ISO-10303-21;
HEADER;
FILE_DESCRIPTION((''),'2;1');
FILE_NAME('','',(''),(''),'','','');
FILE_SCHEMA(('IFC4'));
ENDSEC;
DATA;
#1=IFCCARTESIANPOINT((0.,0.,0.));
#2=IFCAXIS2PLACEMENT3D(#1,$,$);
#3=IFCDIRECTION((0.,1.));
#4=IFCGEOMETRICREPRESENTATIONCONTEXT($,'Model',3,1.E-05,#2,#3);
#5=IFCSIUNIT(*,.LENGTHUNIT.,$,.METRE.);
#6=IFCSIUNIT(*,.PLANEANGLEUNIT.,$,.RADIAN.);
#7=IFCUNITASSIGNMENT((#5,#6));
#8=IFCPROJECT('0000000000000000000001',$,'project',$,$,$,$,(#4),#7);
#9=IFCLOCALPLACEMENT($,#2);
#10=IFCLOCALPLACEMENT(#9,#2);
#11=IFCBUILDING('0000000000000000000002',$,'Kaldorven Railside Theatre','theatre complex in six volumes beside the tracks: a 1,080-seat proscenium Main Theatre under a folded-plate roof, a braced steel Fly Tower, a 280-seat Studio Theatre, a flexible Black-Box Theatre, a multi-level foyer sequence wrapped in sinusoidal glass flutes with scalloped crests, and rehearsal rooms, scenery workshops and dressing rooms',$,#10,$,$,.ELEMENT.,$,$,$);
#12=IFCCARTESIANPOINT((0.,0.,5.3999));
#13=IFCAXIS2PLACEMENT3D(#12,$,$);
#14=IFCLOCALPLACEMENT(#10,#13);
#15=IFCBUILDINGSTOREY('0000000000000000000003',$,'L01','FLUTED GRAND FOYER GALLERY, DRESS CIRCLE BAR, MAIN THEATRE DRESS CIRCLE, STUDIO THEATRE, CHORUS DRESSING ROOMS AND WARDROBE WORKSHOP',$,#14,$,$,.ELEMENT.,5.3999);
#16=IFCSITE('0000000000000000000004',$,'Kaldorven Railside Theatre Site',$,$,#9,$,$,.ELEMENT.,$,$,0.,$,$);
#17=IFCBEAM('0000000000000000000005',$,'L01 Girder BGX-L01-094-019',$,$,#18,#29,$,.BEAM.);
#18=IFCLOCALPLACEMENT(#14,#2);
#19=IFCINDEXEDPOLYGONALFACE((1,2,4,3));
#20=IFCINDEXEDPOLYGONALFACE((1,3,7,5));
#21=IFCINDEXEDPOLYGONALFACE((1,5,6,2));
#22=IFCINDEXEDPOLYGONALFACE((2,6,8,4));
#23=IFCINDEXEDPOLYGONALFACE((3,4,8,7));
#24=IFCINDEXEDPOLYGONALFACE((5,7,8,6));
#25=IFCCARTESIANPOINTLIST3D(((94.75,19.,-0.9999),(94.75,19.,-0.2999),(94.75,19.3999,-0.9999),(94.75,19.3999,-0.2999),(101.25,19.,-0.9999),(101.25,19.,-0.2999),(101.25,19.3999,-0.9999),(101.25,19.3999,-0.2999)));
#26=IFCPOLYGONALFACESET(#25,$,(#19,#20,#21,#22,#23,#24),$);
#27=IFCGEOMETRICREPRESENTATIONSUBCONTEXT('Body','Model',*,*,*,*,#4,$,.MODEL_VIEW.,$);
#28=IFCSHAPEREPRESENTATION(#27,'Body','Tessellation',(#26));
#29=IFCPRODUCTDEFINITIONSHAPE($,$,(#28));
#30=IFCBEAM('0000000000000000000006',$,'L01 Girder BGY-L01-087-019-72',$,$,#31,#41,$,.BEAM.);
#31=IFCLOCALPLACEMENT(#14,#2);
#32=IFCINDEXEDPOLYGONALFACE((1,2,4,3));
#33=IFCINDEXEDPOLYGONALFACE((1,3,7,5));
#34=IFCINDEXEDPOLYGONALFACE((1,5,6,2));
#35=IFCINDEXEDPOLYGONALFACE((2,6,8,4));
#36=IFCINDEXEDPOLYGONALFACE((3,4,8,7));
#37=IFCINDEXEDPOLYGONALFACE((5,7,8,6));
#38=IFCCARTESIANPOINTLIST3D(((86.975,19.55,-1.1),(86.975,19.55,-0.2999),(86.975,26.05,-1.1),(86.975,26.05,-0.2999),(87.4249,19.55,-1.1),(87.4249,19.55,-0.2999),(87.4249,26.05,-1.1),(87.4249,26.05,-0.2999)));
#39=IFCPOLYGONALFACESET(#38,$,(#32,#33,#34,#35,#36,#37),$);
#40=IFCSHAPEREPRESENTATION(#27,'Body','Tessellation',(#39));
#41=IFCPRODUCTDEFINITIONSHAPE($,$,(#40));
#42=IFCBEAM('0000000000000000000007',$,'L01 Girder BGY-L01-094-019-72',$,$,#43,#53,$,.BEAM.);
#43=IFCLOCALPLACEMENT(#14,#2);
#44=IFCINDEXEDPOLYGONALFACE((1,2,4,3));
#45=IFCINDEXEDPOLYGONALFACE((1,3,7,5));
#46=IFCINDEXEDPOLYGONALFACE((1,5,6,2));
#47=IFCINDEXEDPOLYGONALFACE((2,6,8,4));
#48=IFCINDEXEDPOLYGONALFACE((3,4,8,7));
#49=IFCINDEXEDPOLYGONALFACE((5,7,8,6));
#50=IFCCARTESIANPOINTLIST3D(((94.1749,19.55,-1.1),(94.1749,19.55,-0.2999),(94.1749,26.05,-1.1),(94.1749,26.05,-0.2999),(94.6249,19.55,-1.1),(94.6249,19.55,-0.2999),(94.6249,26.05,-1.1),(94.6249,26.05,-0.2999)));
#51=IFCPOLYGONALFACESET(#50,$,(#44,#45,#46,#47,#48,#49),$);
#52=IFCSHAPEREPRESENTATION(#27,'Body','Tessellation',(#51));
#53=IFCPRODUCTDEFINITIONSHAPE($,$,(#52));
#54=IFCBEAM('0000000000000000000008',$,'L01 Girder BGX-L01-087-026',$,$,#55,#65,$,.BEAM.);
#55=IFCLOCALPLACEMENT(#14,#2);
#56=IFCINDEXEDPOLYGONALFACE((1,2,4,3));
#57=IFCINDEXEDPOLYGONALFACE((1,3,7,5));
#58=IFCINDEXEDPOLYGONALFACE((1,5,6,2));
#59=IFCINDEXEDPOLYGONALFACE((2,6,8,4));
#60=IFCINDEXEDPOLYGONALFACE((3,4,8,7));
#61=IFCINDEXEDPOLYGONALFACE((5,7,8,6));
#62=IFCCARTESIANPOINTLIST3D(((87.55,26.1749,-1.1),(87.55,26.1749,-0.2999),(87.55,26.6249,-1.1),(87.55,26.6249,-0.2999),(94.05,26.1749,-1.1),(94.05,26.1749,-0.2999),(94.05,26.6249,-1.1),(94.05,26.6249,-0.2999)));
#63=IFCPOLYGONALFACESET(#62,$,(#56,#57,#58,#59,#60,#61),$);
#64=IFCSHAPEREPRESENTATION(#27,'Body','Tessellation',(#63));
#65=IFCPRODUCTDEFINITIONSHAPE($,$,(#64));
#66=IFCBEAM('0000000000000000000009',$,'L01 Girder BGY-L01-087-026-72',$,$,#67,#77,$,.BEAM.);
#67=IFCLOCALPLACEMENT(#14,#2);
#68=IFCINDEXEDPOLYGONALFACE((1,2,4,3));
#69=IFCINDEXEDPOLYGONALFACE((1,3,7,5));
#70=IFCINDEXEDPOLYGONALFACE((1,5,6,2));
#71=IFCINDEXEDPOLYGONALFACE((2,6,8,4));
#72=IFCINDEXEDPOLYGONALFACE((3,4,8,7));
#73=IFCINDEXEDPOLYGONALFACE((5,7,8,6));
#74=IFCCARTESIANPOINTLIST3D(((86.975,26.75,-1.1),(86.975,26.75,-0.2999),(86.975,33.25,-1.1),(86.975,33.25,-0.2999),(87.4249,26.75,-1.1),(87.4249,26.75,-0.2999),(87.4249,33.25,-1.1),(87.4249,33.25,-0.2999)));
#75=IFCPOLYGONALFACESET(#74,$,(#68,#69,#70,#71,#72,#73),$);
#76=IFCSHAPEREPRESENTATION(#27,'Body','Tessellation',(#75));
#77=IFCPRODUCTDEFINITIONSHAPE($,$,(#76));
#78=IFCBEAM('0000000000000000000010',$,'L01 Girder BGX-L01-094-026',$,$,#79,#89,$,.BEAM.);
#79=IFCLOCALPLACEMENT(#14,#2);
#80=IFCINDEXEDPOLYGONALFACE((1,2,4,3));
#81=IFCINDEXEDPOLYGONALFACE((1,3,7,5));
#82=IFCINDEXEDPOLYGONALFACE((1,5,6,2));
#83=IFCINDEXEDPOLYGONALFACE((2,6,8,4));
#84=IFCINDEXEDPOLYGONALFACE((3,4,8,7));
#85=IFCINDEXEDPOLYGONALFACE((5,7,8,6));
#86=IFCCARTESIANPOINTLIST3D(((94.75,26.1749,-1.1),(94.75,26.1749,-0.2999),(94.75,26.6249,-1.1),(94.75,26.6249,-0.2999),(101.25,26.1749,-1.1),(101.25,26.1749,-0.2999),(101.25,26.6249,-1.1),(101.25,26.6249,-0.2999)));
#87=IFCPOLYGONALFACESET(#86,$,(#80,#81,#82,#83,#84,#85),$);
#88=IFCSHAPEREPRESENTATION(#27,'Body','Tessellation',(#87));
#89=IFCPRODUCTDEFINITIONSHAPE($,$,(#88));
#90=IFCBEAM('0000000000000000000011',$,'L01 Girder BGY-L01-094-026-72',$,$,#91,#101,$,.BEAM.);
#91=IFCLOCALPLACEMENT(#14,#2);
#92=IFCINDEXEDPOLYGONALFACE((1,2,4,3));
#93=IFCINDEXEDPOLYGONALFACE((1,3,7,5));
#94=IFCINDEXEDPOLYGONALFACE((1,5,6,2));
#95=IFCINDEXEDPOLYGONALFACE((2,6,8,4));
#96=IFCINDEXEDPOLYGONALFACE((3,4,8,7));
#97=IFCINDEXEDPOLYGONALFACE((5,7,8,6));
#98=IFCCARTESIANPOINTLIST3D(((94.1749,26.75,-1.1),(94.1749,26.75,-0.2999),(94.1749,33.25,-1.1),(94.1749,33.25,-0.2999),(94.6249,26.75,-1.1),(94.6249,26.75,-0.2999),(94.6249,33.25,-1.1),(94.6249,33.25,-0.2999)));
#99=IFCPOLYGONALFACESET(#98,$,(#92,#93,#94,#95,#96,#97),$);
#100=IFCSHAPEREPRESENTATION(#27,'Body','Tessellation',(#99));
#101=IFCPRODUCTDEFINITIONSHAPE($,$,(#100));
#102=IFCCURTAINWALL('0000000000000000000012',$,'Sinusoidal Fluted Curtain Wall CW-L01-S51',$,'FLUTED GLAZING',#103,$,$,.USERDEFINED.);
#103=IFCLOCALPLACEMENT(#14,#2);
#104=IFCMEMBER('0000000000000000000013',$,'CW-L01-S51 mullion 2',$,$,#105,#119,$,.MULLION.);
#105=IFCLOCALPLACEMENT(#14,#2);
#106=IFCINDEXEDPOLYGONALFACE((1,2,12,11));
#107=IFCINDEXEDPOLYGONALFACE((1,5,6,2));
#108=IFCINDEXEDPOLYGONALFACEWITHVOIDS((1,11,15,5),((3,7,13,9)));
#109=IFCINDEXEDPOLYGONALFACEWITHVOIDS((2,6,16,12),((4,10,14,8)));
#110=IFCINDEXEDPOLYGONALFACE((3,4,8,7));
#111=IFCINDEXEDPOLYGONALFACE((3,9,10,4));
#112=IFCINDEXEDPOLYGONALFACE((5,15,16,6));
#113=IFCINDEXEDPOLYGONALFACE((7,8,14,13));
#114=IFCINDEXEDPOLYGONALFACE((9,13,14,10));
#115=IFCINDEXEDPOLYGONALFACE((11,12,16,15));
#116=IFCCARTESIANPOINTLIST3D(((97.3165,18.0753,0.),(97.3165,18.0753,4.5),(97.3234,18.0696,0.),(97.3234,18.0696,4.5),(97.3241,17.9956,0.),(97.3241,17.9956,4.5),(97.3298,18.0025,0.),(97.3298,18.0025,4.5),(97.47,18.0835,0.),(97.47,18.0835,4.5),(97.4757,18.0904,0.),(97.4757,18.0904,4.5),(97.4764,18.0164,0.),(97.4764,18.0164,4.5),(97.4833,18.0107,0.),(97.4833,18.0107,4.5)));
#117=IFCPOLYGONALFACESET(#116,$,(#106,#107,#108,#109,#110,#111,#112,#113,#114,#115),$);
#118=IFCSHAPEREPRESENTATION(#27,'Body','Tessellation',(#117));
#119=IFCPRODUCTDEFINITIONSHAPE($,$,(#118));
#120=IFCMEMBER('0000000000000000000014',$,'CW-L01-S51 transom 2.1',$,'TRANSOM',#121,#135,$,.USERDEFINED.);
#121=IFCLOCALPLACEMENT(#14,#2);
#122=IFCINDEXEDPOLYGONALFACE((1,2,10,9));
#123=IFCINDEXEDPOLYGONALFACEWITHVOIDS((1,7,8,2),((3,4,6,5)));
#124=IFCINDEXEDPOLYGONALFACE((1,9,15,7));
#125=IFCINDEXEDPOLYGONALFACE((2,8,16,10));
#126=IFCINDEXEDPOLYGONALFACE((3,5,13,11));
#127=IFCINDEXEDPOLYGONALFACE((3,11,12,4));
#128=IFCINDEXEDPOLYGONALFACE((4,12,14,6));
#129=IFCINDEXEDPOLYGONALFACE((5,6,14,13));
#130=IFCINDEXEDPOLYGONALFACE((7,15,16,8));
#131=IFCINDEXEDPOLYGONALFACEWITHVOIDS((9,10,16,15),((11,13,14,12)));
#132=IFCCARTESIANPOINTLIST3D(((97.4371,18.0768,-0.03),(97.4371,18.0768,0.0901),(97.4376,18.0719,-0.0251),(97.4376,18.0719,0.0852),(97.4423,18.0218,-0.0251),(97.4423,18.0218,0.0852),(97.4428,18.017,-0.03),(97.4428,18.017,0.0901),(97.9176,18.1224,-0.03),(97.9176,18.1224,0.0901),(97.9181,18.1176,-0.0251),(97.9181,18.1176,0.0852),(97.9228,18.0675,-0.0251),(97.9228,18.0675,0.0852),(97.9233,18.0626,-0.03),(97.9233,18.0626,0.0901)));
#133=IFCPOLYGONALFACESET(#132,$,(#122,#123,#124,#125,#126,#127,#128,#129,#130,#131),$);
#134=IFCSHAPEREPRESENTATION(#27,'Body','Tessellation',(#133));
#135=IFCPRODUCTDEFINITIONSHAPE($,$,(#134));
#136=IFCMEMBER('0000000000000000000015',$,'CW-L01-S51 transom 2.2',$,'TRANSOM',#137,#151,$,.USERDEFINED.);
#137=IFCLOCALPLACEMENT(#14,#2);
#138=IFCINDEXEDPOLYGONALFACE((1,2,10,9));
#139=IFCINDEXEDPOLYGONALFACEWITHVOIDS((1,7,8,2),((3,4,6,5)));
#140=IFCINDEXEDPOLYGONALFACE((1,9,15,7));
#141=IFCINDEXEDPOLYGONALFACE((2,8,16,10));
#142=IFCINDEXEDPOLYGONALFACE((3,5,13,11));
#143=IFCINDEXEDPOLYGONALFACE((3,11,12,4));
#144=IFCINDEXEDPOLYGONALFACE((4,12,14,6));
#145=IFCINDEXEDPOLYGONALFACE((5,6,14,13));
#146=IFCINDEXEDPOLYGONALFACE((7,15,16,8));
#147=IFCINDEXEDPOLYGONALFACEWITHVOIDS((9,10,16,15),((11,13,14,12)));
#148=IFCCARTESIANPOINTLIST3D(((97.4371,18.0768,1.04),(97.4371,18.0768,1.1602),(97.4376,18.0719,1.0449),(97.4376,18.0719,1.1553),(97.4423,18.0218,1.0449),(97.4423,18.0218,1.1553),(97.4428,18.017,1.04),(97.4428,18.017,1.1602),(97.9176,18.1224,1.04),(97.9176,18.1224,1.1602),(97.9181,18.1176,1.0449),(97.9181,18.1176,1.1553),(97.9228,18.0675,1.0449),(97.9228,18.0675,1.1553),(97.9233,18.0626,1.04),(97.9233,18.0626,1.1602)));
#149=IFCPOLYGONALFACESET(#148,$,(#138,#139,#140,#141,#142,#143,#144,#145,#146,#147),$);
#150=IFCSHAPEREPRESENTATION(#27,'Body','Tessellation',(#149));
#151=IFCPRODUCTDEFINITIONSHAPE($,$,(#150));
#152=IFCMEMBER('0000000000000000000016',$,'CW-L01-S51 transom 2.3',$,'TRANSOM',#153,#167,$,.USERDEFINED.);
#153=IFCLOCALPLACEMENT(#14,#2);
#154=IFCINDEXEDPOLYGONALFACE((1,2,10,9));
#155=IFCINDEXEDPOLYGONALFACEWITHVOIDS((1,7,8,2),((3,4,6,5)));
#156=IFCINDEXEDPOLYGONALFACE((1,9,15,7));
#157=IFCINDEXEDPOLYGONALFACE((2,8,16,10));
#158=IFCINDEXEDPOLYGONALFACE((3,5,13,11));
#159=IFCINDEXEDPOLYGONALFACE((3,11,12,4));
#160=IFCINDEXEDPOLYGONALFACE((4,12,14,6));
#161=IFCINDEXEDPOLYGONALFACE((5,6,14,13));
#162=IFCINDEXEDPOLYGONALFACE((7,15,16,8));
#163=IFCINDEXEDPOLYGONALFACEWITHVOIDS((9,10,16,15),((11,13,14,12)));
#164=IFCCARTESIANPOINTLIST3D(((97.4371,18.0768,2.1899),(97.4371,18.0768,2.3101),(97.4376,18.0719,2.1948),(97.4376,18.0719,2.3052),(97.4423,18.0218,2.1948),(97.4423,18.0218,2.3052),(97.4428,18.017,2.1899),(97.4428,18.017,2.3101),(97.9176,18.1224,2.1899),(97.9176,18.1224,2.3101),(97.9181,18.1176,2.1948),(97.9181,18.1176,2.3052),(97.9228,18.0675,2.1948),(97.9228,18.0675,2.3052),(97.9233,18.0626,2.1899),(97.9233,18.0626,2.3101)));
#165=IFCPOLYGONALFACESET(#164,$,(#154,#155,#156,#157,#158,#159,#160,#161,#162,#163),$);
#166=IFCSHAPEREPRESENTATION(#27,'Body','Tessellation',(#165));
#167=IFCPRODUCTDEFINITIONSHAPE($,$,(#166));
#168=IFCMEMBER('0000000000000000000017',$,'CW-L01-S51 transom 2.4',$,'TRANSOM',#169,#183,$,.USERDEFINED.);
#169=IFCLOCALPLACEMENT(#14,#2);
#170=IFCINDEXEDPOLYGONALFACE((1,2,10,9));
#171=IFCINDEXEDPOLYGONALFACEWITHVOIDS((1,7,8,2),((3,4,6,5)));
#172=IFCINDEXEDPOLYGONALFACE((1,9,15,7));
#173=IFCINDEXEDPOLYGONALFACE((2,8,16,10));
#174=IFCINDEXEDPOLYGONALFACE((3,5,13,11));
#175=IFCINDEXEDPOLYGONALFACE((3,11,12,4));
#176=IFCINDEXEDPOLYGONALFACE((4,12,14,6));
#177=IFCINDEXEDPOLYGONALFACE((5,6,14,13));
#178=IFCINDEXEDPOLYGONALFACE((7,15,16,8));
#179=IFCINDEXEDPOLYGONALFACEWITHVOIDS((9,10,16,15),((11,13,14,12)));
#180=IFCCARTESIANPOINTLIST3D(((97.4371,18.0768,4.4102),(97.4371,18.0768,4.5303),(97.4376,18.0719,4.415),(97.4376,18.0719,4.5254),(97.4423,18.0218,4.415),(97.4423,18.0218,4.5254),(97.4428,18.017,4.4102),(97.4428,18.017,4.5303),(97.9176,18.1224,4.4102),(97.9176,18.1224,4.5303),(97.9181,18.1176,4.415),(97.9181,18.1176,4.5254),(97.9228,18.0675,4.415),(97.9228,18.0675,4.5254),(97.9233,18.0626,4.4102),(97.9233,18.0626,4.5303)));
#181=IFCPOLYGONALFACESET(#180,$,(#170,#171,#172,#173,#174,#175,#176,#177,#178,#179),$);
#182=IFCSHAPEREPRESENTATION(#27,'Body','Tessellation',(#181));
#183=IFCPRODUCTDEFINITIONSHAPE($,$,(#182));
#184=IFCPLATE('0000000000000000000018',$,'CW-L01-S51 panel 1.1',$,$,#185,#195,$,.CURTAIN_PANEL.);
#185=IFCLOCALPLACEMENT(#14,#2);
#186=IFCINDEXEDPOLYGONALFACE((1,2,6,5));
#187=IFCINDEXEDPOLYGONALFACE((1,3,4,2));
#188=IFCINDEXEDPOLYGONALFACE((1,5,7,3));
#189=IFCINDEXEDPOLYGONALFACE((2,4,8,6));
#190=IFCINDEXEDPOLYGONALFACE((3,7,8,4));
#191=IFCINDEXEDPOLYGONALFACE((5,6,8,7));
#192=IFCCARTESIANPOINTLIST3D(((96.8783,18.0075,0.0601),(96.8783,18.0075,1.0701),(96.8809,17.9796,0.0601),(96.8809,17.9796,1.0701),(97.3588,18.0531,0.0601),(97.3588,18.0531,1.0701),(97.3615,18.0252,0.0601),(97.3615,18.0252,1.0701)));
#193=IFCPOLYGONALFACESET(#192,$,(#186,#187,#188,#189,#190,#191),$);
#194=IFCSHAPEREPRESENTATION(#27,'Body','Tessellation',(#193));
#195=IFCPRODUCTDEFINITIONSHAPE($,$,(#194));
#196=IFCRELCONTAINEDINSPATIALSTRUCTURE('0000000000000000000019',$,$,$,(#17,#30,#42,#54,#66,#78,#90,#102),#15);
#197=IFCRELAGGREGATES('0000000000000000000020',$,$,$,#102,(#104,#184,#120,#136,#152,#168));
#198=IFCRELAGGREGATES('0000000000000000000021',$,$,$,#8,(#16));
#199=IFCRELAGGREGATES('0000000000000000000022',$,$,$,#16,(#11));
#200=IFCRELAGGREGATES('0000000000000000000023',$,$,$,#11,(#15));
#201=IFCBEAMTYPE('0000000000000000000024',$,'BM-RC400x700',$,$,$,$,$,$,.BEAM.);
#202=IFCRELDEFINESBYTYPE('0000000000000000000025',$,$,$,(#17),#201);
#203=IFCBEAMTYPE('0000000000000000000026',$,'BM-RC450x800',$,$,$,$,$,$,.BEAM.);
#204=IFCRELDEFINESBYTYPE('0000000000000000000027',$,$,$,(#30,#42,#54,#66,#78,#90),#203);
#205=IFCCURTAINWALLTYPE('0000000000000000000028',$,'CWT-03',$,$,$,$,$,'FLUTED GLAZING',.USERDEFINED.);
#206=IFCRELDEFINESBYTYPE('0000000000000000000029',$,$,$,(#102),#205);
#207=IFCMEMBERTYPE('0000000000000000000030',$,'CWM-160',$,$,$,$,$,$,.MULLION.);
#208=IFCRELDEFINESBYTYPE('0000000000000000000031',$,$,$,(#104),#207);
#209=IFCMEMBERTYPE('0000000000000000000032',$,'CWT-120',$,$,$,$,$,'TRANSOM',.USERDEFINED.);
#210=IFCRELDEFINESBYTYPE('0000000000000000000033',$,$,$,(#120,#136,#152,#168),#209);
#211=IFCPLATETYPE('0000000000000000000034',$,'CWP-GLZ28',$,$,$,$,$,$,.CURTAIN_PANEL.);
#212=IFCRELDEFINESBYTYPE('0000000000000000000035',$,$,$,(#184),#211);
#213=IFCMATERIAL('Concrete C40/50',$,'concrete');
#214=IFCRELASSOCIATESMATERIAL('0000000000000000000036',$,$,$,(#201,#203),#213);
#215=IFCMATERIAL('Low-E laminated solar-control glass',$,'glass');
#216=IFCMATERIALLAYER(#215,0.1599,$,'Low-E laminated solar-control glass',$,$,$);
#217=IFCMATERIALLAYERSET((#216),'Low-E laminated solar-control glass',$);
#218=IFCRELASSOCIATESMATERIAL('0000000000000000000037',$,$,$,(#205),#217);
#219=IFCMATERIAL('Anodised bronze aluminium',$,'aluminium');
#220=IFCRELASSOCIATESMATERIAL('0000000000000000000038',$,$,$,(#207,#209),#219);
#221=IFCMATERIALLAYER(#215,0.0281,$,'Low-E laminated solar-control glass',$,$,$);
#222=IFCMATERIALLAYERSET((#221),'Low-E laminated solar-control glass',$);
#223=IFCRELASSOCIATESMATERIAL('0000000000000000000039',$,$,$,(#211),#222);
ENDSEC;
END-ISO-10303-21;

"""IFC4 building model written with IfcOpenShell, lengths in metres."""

from ifc_helpers import new_model, si_unit, direction, frame, origin, origin_2d, place, context, subcontext, project, spatial, rectangle, hollow_rectangle, extrude, material, layer, layer_set, material_profile, profile_set, type_object, element, aggregate, save


model = new_model("IFC4")

# Units and contexts
model_context = context("Model", 3, precision=1e-05, world=origin(), true_north=direction((0.0, 1.0)))
body_context = subcontext(model_context, "Body", "Model", "MODEL_VIEW")
ifc_project = project(units=[si_unit("LENGTHUNIT", "METRE"), si_unit("PLANEANGLEUNIT", "RADIAN")], contexts=[model_context])

# Site, building, storey
site_placement = place(None, origin())
site = spatial("IfcSite", under=ifc_project, at=site_placement, Name="Kaldorven Railside Theatre Site", CompositionType="ELEMENT", RefElevation=0.0)
building_placement = place(site_placement, origin())
building = spatial("IfcBuilding", under=site, at=building_placement, Name="Kaldorven Railside Theatre", Description="theatre complex in six volumes beside the tracks: a 1,080-seat proscenium Main Theatre under a folded-plate roof, a braced steel Fly Tower, a 280-seat Studio Theatre, a flexible Black-Box Theatre, a multi-level foyer sequence wrapped in sinusoidal glass flutes with scalloped crests, and rehearsal rooms, scenery workshops and dressing rooms", CompositionType="ELEMENT")
storey_placement = place(building_placement, frame((0.0, 0.0, 5.3999)))
storey = spatial("IfcBuildingStorey", under=building, at=storey_placement, Name="L01", Description="FLUTED GRAND FOYER GALLERY, DRESS CIRCLE BAR, MAIN THEATRE DRESS CIRCLE, STUDIO THEATRE, CHORUS DRESSING ROOMS AND WARDROBE WORKSHOP", CompositionType="ELEMENT", Elevation=5.3999)

# Shared definitions
ifc_material_1 = material(Name="Concrete C40/50", Category="concrete")

# Beams
ifc_material_profile_1 = material_profile(ifc_material_1, rectangle(XDim=0.3999, YDim=0.7, at=origin_2d()), Name="RC 400x700")
ifc_profile_set_1 = profile_set([ifc_material_profile_1], Name="Concrete C40/50")
beam_type_1 = type_object("IfcBeamType", Name="BM-RC400x700", PredefinedType="BEAM", material=ifc_profile_set_1)
for number, where, z_axis, x_axis, name in (
    (1, (94.75, 19.2, -0.6499), (1.0, 0.0, 0.0), (0.0, 1.0, 0.0), "L01 Girder BGX-L01-094-019"),
):
    element("IfcBeam", number, at=place(storey_placement, frame(where, z_axis=z_axis, x_axis=x_axis)), inside=storey, type_object=beam_type_1, Name=name, PredefinedType="BEAM", context=body_context, shape_type="SweptSolid", body=[
        extrude(rectangle(XDim=0.3999, YDim=0.7, at=origin_2d()), origin(), (0.0, 0.0, 1.0), 6.5),
    ])
ifc_material_profile_2 = material_profile(ifc_material_1, rectangle(XDim=0.45, YDim=0.8, at=origin_2d()), Name="RC 450x800")
ifc_profile_set_2 = profile_set([ifc_material_profile_2], Name="Concrete C40/50")
beam_type_2 = type_object("IfcBeamType", Name="BM-RC450x800", PredefinedType="BEAM", material=ifc_profile_set_2)
for number, where, z_axis, x_axis, name in (
    (2, (87.2, 19.55, -0.7), (0.0, 1.0, 0.0), (-1.0, 0.0, 0.0), "L01 Girder BGY-L01-087-019-72"),
    (3, (94.3999, 19.55, -0.7), (0.0, 1.0, 0.0), (-1.0, 0.0, 0.0), "L01 Girder BGY-L01-094-019-72"),
    (4, (87.55, 26.3999, -0.7), (1.0, 0.0, 0.0), (0.0, 1.0, 0.0), "L01 Girder BGX-L01-087-026"),
    (5, (87.2, 26.75, -0.7), (0.0, 1.0, 0.0), (-1.0, 0.0, 0.0), "L01 Girder BGY-L01-087-026-72"),
    (6, (94.75, 26.3999, -0.7), (1.0, 0.0, 0.0), (0.0, 1.0, 0.0), "L01 Girder BGX-L01-094-026"),
    (7, (94.3999, 26.75, -0.7), (0.0, 1.0, 0.0), (-1.0, 0.0, 0.0), "L01 Girder BGY-L01-094-026-72"),
):
    element("IfcBeam", number, at=place(storey_placement, frame(where, z_axis=z_axis, x_axis=x_axis)), inside=storey, type_object=beam_type_2, Name=name, PredefinedType="BEAM", context=body_context, shape_type="SweptSolid", body=[
        extrude(rectangle(XDim=0.45, YDim=0.8, at=origin_2d()), origin(), (0.0, 0.0, 1.0), 6.5),
    ])

# Curtain wall, members, plate
ifc_material_2 = material(Name="Low-E laminated solar-control glass", Category="glass")
ifc_layer_1 = layer(ifc_material_2, 0.1599, Name="Low-E laminated solar-control glass")
ifc_layer_set_1 = layer_set([ifc_layer_1], Name="Low-E laminated solar-control glass")
curtain_wall_type = type_object("IfcCurtainWallType", Name="CWT-03", ElementType="FLUTED GLAZING", PredefinedType="USERDEFINED", material=ifc_layer_set_1)
curtain_wall_placement = place(storey_placement, origin())
curtain_wall = element("IfcCurtainWall", 8, at=curtain_wall_placement, inside=storey, type_object=curtain_wall_type, Name="Sinusoidal Fluted Curtain Wall CW-L01-S51", ObjectType="FLUTED GLAZING", PredefinedType="USERDEFINED")
ifc_material_3 = material(Name="Anodised bronze aluminium", Category="aluminium")
ifc_material_profile_3 = material_profile(ifc_material_3, hollow_rectangle(XDim=0.0801, YDim=0.1599, WallThickness=0.0063, at=origin_2d()), Name="RHS 160x80x6.3")
ifc_profile_set_3 = profile_set([ifc_material_profile_3], Name="Anodised bronze aluminium")
member_type_1 = type_object("IfcMemberType", Name="CWM-160", PredefinedType="MULLION", material=ifc_profile_set_3)
member_1_placement = place(storey_placement, frame((97.3999, 18.043, 0.0), z_axis=(0.0, 0.0, 1.0), x_axis=(-0.094492, 0.995526, 0.0)))
member_1 = element("IfcMember", 9, at=member_1_placement, type_object=member_type_1, Name="CW-L01-S51 mullion 2", PredefinedType="MULLION", context=body_context, shape_type="SweptSolid", body=[
    extrude(hollow_rectangle(XDim=0.0801, YDim=0.1599, WallThickness=0.0063, at=origin_2d()), origin(), (0.0, 0.0, 1.0), 4.5),
])
ifc_material_profile_4 = material_profile(ifc_material_3, hollow_rectangle(XDim=0.0601, YDim=0.1201, WallThickness=0.0049, at=origin_2d()), Name="RHS 120x60x5")
ifc_profile_set_4 = profile_set([ifc_material_profile_4], Name="Anodised bronze aluminium")
member_type_2 = type_object("IfcMemberType", Name="CWT-120", ElementType="TRANSOM", PredefinedType="USERDEFINED", material=ifc_profile_set_4)
member_2_placement = place(storey_placement, frame((97.4399, 18.0469, 0.03), z_axis=(0.995516, 0.094594, 0.0), x_axis=(-0.094594, 0.995516, 0.0)))
member_2 = element("IfcMember", 10, at=member_2_placement, type_object=member_type_2, Name="CW-L01-S51 transom 2.1", ObjectType="TRANSOM", PredefinedType="USERDEFINED", context=body_context, shape_type="SweptSolid", body=[
    extrude(hollow_rectangle(XDim=0.0601, YDim=0.1201, WallThickness=0.0049, at=origin_2d()), origin(), (0.0, 0.0, 1.0), 0.4827),
])
member_3_placement = place(storey_placement, frame((97.4399, 18.0469, 1.1001), z_axis=(0.995516, 0.094594, 0.0), x_axis=(-0.094594, 0.995516, 0.0)))
member_3 = element("IfcMember", 11, at=member_3_placement, type_object=member_type_2, Name="CW-L01-S51 transom 2.2", ObjectType="TRANSOM", PredefinedType="USERDEFINED", context=body_context, shape_type="SweptSolid", body=[
    extrude(hollow_rectangle(XDim=0.0601, YDim=0.1201, WallThickness=0.0049, at=origin_2d()), origin(), (0.0, 0.0, 1.0), 0.4827),
])
member_4_placement = place(storey_placement, frame((97.4399, 18.0469, 2.25), z_axis=(0.995516, 0.094594, 0.0), x_axis=(-0.094594, 0.995516, 0.0)))
member_4 = element("IfcMember", 12, at=member_4_placement, type_object=member_type_2, Name="CW-L01-S51 transom 2.3", ObjectType="TRANSOM", PredefinedType="USERDEFINED", context=body_context, shape_type="SweptSolid", body=[
    extrude(hollow_rectangle(XDim=0.0601, YDim=0.1201, WallThickness=0.0049, at=origin_2d()), origin(), (0.0, 0.0, 1.0), 0.4827),
])
member_5_placement = place(storey_placement, frame((97.4399, 18.0469, 4.4702), z_axis=(0.995516, 0.094594, 0.0), x_axis=(-0.094594, 0.995516, 0.0)))
member_5 = element("IfcMember", 13, at=member_5_placement, type_object=member_type_2, Name="CW-L01-S51 transom 2.4", ObjectType="TRANSOM", PredefinedType="USERDEFINED", context=body_context, shape_type="SweptSolid", body=[
    extrude(hollow_rectangle(XDim=0.0601, YDim=0.1201, WallThickness=0.0049, at=origin_2d()), origin(), (0.0, 0.0, 1.0), 0.4827),
])
ifc_layer_2 = layer(ifc_material_2, 0.0281, Name="Low-E laminated solar-control glass")
ifc_layer_set_2 = layer_set([ifc_layer_2], Name="Low-E laminated solar-control glass")
plate_type = type_object("IfcPlateType", Name="CWP-GLZ28", PredefinedType="CURTAIN_PANEL", material=ifc_layer_set_2)
plate_1_placement = place(storey_placement, frame((97.1199, 18.0164, 0.0601), z_axis=(0.0, 0.0, 1.0), x_axis=(0.995526, 0.094492, 0.0)))
plate_1 = element("IfcPlate", 14, at=plate_1_placement, type_object=plate_type, Name="CW-L01-S51 panel 1.1", PredefinedType="CURTAIN_PANEL", context=body_context, shape_type="SweptSolid", body=[
    extrude(rectangle(XDim=0.4827, YDim=0.0281, at=origin_2d()), origin(), (0.0, 0.0, 1.0), 1.01),
])
aggregate(curtain_wall, [member_1, plate_1, member_2, member_3, member_4, member_5])

save(model, "model.ifc")
